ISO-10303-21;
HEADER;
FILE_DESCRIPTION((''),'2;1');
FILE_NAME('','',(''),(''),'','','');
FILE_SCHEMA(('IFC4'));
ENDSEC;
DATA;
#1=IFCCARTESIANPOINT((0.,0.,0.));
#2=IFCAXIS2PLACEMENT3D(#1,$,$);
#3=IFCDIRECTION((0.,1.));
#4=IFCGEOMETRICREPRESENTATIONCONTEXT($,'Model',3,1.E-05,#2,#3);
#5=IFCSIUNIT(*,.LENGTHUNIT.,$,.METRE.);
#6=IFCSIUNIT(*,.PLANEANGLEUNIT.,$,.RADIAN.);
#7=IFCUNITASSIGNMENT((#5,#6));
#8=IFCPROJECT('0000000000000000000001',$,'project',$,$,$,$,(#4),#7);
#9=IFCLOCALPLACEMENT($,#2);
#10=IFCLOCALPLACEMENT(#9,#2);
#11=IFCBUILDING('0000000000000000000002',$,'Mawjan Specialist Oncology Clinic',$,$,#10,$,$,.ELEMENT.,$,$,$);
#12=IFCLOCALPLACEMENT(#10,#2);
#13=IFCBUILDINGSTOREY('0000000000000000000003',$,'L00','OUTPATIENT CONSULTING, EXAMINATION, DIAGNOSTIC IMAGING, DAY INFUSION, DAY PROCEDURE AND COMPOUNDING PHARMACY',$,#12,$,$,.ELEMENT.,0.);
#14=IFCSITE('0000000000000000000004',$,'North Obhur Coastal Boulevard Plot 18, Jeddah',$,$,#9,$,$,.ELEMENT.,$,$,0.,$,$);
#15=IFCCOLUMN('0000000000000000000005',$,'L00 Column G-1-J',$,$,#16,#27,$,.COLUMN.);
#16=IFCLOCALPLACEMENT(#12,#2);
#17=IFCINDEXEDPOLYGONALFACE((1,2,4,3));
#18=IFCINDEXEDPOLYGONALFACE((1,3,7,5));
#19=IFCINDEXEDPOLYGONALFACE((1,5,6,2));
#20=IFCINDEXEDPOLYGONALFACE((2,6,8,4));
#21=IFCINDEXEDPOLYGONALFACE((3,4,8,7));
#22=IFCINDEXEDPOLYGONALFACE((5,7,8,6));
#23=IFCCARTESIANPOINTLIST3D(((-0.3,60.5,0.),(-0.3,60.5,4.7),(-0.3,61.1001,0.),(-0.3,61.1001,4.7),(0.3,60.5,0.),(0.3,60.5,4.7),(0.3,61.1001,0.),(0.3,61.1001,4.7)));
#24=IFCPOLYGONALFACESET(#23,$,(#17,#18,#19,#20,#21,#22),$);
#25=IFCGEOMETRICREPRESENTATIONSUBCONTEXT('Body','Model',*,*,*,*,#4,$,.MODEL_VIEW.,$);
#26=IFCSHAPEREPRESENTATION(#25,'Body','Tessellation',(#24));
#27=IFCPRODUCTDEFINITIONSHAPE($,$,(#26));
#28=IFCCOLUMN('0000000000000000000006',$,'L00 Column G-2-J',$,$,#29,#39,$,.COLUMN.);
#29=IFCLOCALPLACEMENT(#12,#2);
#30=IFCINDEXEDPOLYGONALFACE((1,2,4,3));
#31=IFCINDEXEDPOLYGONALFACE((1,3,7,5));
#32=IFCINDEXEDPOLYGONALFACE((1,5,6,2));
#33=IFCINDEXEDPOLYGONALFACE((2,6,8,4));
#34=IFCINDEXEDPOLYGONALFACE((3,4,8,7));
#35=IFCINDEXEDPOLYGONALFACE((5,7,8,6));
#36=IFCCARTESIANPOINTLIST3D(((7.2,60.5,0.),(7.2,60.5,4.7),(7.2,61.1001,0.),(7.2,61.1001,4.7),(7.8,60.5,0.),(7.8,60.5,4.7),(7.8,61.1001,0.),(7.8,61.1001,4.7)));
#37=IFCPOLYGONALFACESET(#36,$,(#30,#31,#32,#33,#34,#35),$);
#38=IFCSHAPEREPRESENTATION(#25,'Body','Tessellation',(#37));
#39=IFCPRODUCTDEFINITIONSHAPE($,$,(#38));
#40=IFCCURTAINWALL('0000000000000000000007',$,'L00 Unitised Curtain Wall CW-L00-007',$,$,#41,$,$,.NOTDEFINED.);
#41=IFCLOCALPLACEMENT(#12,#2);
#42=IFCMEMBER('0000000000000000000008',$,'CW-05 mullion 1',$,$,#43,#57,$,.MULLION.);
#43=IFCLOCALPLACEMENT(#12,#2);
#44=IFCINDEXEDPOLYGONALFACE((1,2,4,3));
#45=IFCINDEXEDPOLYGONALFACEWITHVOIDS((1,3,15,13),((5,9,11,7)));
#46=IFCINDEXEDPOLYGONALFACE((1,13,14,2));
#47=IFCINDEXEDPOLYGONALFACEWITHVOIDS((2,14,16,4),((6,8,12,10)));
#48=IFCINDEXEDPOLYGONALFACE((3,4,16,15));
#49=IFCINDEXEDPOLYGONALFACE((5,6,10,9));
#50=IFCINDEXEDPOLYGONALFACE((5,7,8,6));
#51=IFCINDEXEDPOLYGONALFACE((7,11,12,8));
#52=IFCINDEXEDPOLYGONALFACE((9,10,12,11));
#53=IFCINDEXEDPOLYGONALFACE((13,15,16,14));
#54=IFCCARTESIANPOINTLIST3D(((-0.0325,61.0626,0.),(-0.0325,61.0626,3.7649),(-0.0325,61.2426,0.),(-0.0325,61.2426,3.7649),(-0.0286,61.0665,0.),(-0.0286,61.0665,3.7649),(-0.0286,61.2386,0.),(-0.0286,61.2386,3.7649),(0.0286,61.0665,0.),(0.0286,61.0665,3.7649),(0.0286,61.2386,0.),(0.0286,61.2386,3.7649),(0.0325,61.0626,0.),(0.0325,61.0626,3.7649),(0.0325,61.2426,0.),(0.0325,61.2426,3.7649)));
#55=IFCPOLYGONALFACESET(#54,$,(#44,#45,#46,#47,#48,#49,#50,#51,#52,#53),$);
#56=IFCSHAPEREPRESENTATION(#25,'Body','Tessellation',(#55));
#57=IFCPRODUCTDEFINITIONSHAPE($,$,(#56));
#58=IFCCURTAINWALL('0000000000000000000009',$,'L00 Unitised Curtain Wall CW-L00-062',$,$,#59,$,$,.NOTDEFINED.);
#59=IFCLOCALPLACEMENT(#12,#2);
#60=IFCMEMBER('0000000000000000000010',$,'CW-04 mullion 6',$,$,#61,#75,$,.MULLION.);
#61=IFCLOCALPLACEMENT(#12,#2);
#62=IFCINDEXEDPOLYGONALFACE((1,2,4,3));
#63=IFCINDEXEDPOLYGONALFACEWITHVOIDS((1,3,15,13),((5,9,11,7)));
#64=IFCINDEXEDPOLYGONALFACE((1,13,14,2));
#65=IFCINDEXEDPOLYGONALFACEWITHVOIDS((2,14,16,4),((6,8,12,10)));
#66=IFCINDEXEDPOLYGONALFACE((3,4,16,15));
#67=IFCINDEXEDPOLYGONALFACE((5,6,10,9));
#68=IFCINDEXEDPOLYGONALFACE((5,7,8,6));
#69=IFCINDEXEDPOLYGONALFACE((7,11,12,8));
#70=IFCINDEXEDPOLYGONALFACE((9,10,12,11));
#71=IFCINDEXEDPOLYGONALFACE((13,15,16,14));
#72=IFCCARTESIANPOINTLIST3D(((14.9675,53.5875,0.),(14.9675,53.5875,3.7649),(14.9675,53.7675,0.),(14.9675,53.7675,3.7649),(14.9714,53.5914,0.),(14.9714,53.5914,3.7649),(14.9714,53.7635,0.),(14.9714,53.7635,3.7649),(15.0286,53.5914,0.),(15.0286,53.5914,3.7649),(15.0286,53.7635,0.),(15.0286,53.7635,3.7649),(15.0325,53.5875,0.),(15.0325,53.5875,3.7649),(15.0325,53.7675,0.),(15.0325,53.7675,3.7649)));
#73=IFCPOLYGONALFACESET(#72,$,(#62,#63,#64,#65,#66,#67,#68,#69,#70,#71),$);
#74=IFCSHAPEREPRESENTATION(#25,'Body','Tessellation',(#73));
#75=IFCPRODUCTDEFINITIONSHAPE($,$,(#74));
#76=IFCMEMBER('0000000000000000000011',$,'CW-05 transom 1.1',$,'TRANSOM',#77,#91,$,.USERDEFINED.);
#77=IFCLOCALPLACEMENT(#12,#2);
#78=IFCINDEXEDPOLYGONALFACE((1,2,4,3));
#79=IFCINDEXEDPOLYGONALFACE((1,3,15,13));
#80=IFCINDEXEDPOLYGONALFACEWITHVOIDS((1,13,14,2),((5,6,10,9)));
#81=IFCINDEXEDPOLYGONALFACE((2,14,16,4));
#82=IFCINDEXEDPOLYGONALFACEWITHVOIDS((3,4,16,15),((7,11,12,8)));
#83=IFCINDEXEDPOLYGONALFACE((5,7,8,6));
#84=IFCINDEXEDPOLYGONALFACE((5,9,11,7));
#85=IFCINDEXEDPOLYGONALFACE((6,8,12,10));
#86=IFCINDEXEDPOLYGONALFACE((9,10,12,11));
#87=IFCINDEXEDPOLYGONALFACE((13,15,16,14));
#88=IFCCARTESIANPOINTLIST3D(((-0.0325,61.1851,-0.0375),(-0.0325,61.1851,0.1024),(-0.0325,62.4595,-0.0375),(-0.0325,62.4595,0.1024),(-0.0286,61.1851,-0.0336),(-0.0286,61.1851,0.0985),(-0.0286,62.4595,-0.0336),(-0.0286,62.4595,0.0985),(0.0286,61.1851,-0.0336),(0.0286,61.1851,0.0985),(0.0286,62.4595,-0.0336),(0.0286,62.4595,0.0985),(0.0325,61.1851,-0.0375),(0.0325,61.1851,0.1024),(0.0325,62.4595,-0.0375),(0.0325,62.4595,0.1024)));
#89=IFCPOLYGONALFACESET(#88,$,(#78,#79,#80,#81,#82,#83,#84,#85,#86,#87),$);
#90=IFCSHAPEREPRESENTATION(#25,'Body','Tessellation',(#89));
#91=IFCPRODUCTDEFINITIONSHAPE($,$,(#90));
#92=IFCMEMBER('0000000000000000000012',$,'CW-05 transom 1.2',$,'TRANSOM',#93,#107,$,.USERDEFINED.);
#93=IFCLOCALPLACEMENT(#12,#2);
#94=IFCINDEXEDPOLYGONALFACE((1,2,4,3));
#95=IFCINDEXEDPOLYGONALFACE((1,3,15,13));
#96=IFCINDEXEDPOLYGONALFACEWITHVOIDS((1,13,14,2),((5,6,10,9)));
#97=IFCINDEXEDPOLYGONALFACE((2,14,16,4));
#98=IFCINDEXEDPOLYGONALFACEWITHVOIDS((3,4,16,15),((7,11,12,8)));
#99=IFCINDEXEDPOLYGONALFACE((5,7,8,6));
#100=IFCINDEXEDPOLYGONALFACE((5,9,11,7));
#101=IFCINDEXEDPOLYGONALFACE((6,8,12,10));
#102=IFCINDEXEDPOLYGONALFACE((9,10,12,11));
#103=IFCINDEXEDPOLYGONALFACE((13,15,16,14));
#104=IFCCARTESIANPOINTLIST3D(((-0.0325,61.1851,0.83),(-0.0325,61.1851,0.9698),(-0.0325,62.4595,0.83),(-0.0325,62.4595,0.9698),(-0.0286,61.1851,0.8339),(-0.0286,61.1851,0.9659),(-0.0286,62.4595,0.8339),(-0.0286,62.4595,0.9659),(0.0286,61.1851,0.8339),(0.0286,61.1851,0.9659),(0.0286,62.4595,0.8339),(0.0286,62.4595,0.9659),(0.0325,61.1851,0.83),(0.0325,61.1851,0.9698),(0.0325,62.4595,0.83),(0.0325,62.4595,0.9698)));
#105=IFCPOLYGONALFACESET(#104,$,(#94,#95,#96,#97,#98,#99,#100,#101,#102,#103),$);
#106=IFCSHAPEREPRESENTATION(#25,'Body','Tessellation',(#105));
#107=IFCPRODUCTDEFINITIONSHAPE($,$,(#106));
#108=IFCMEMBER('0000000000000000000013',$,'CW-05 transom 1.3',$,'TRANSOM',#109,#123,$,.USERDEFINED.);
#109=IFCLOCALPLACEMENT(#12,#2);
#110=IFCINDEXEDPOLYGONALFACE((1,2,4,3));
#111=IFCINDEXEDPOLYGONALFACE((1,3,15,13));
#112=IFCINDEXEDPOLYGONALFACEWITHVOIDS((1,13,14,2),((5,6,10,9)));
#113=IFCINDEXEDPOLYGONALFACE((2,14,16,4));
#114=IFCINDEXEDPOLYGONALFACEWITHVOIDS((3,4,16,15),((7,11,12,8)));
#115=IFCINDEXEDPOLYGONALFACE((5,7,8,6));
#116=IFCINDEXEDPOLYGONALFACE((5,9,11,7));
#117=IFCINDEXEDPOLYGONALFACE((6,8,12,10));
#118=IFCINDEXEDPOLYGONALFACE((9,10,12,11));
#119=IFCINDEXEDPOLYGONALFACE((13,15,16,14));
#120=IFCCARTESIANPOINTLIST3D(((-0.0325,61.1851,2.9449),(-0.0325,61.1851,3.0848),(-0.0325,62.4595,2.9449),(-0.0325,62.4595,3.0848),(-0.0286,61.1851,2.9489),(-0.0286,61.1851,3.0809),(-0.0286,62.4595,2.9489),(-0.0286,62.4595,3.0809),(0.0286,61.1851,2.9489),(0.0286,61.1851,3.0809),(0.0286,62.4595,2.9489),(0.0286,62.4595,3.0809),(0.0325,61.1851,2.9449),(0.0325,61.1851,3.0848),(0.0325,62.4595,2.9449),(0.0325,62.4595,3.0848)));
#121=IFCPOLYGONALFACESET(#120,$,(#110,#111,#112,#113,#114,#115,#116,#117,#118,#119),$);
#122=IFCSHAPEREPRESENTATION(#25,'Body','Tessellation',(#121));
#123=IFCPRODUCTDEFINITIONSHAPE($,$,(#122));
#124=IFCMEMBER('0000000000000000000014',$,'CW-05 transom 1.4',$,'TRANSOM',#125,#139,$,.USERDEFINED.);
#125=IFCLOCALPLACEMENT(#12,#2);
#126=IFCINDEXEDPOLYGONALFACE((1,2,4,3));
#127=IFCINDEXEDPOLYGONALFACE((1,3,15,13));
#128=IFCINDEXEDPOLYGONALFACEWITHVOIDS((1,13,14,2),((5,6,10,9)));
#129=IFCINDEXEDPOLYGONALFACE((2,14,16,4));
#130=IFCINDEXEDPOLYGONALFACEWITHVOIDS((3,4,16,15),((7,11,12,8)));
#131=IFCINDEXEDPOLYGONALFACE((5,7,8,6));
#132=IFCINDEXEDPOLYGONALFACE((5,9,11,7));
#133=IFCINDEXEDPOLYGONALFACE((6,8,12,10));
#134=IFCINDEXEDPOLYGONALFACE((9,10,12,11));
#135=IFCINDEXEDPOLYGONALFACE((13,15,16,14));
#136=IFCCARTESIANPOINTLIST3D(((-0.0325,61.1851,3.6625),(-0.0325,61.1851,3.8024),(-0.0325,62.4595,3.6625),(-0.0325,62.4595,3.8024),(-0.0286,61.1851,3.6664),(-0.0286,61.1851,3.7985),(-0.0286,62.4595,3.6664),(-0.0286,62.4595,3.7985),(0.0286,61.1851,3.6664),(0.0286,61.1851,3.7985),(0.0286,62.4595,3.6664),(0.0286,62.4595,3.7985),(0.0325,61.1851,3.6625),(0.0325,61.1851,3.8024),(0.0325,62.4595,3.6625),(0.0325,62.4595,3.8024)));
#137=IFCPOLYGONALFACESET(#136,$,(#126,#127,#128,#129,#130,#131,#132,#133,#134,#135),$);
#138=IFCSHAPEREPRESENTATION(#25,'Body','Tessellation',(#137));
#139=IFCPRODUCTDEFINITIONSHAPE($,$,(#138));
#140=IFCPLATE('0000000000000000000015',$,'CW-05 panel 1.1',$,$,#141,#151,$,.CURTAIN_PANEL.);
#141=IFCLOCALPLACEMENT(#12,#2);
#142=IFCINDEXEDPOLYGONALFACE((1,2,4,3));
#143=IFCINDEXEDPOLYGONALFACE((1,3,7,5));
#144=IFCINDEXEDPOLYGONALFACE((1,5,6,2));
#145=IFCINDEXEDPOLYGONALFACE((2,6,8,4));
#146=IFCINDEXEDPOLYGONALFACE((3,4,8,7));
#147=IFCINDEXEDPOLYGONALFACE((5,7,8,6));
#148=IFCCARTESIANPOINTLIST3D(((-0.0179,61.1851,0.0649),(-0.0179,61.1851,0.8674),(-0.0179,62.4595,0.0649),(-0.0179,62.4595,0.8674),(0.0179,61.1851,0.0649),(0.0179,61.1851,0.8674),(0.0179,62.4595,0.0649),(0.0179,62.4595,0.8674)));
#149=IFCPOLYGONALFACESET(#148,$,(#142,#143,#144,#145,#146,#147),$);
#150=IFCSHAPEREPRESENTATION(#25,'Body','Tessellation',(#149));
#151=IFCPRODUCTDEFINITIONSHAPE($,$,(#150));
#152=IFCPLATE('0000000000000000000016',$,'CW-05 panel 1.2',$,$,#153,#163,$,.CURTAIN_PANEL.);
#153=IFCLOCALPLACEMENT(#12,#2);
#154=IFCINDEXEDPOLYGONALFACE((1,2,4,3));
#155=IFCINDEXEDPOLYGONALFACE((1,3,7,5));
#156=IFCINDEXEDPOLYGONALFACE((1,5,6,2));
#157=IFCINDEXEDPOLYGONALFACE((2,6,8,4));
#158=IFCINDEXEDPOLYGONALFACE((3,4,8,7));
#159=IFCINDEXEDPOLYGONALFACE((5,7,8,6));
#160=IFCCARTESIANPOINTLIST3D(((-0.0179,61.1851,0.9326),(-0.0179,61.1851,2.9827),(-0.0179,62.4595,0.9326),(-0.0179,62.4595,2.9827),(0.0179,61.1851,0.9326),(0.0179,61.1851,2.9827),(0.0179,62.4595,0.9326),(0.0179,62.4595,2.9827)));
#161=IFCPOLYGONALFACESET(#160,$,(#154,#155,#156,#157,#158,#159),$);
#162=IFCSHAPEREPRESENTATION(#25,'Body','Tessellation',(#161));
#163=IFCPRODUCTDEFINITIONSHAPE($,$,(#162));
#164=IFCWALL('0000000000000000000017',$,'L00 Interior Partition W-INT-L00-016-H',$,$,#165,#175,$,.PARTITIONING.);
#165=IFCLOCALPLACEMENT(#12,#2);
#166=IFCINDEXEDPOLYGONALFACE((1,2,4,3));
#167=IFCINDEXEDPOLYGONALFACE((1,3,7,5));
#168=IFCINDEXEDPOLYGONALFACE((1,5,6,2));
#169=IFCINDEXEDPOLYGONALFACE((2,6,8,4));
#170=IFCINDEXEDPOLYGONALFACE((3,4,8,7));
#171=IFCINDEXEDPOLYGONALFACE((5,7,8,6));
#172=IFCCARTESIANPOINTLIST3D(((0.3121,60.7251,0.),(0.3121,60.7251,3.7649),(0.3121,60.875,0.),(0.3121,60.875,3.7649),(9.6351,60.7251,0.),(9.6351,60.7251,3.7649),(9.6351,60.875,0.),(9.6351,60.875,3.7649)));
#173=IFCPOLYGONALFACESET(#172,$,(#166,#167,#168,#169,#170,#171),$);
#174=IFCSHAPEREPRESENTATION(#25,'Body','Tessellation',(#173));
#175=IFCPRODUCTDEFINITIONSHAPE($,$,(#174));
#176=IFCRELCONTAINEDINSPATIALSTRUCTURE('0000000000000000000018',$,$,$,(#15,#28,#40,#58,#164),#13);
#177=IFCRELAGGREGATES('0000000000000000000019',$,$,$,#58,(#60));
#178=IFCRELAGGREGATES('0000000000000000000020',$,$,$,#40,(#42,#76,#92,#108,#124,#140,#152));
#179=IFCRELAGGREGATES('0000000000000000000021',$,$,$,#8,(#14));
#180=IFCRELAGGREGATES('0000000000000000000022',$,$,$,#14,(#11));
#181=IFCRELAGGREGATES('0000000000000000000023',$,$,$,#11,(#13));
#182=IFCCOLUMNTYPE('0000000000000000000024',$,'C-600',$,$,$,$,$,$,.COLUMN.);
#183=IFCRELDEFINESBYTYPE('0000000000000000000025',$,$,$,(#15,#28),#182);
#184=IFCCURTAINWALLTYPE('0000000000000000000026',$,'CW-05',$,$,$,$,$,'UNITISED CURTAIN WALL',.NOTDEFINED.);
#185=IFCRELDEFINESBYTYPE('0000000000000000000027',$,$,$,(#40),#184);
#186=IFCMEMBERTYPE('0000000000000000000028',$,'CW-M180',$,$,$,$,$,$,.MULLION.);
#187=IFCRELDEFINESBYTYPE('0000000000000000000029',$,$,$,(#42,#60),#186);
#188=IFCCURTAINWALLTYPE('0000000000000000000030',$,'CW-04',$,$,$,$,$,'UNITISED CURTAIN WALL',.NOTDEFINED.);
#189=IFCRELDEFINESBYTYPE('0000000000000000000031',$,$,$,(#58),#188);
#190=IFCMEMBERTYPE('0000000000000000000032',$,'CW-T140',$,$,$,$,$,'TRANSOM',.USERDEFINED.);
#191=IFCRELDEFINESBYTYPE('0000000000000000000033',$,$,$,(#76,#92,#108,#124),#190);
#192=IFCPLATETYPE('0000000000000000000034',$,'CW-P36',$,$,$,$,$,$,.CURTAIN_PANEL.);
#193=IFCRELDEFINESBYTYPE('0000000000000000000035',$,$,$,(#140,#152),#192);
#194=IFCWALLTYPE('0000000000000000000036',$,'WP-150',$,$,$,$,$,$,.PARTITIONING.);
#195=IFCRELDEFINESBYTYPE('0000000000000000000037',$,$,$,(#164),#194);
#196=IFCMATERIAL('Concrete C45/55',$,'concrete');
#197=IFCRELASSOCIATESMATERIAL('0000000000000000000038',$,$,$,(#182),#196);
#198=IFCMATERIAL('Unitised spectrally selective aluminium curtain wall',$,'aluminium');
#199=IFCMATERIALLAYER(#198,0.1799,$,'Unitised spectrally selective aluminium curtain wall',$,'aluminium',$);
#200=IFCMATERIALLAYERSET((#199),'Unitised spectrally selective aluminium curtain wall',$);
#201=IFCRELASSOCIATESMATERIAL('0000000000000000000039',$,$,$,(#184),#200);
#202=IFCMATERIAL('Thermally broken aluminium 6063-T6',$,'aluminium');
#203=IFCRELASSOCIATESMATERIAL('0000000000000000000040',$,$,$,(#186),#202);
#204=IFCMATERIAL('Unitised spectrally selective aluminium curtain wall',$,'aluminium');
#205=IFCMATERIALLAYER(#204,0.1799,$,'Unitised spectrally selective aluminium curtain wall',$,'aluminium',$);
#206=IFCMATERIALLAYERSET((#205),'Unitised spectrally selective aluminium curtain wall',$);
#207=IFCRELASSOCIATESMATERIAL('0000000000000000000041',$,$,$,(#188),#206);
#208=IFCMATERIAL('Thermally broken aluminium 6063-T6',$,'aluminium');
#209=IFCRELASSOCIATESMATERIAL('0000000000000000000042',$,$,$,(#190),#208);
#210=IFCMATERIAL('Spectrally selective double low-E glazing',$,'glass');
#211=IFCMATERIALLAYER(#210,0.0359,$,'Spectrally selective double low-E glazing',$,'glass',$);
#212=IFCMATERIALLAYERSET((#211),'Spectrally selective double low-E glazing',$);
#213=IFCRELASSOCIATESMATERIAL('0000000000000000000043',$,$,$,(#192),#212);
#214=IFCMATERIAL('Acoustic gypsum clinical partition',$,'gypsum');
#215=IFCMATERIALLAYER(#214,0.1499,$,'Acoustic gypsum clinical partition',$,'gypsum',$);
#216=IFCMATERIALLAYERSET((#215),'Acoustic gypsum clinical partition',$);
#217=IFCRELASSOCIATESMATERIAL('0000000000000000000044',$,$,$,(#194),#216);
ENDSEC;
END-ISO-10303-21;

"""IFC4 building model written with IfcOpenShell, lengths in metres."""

from ifc_helpers import new_model, si_unit, direction, frame, frame_2d, origin, origin_2d, place, context, subcontext, project, spatial, rectangle, hollow_rectangle, extrude, material, layer, layer_set, material_profile, profile_set, type_object, element, aggregate, save


model = new_model("IFC4")

# Units and contexts
model_context = context("Model", 3, precision=1e-05, world=origin(), true_north=direction((0.0, 1.0)))
body_context = subcontext(model_context, "Body", "Model", "MODEL_VIEW")
ifc_project = project(units=[si_unit("LENGTHUNIT", "METRE"), si_unit("PLANEANGLEUNIT", "RADIAN")], contexts=[model_context])

# Site, building, storey
site_placement = place(None, origin())
site = spatial("IfcSite", under=ifc_project, at=site_placement, Name="North Obhur Coastal Boulevard Plot 18, Jeddah", CompositionType="ELEMENT", RefElevation=0.0)
building_placement = place(site_placement, origin())
building = spatial("IfcBuilding", under=site, at=building_placement, Name="Mawjan Specialist Oncology Clinic", CompositionType="ELEMENT")
storey_placement = place(building_placement, origin())
storey = spatial("IfcBuildingStorey", under=building, at=storey_placement, Name="L00", Description="OUTPATIENT CONSULTING, EXAMINATION, DIAGNOSTIC IMAGING, DAY INFUSION, DAY PROCEDURE AND COMPOUNDING PHARMACY", CompositionType="ELEMENT", Elevation=0.0)

# Columns
ifc_material_1 = material(Name="Concrete C45/55", Category="concrete")
ifc_material_profile_1 = material_profile(ifc_material_1, rectangle(XDim=0.6001, YDim=0.6001, at=origin_2d()), Name="RC COL 600x600", Category="concrete")
ifc_profile_set_1 = profile_set([ifc_material_profile_1], Name="Concrete C45/55")
column_type = type_object("IfcColumnType", Name="C-600", PredefinedType="COLUMN", material=ifc_profile_set_1)
for number, where, z_axis, x_axis, name in (
    (1, (0.0, 60.8, 0.0), (0.0, 0.0, 1.0), (1.0, 0.0, 0.0), "L00 Column G-1-J"),
    (2, (7.5, 60.8, 0.0), (0.0, 0.0, 1.0), (1.0, 0.0, 0.0), "L00 Column G-2-J"),
):
    element("IfcColumn", number, at=place(storey_placement, frame(where, z_axis=z_axis, x_axis=x_axis)), inside=storey, type_object=column_type, Name=name, PredefinedType="COLUMN", context=body_context, shape_type="SweptSolid", body=[
        extrude(rectangle(XDim=0.6001, YDim=0.6001, at=origin_2d()), origin(), (0.0, 0.0, 1.0), 4.7),
    ])

# Curtain walls, members
ifc_material_2 = material(Name="Unitised spectrally selective aluminium curtain wall", Category="aluminium")
ifc_layer_1 = layer(ifc_material_2, 0.1799, Name="Unitised spectrally selective aluminium curtain wall", Category="aluminium")
ifc_layer_set_1 = layer_set([ifc_layer_1], Name="Unitised spectrally selective aluminium curtain wall")
curtain_wall_type_1 = type_object("IfcCurtainWallType", Name="CW-05", ElementType="UNITISED CURTAIN WALL", PredefinedType="NOTDEFINED", material=ifc_layer_set_1)
curtain_wall_1_placement = place(storey_placement, origin())
curtain_wall_1 = element("IfcCurtainWall", 3, at=curtain_wall_1_placement, inside=storey, type_object=curtain_wall_type_1, Name="L00 Unitised Curtain Wall CW-L00-007", PredefinedType="NOTDEFINED")
ifc_material_3 = material(Name="Thermally broken aluminium 6063-T6", Category="aluminium")
ifc_material_profile_2 = material_profile(ifc_material_3, hollow_rectangle(XDim=0.0649, YDim=0.1799, WallThickness=0.0039, at=origin_2d()), Name="ALU MULLION 180x65x4", Category="aluminium")
ifc_profile_set_2 = profile_set([ifc_material_profile_2], Name="Thermally broken aluminium 6063-T6")
member_type_1 = type_object("IfcMemberType", Name="CW-M180", PredefinedType="MULLION", material=ifc_profile_set_2)
member_1_placement = place(storey_placement, frame((0.0, 61.1526, 0.0), z_axis=(0.0, 0.0, 1.0), x_axis=(-1.0, 0.0, 0.0)))
member_1 = element("IfcMember", 4, at=member_1_placement, type_object=member_type_1, Name="CW-05 mullion 1", PredefinedType="MULLION", context=body_context, shape_type="SweptSolid", body=[
    extrude(hollow_rectangle(XDim=0.0649, YDim=0.1799, WallThickness=0.0039, at=origin_2d()), origin(), (0.0, 0.0, 1.0), 3.7649),
])
ifc_material_4 = material(Name="Unitised spectrally selective aluminium curtain wall", Category="aluminium")
ifc_layer_2 = layer(ifc_material_4, 0.1799, Name="Unitised spectrally selective aluminium curtain wall", Category="aluminium")
ifc_layer_set_2 = layer_set([ifc_layer_2], Name="Unitised spectrally selective aluminium curtain wall")
curtain_wall_type_2 = type_object("IfcCurtainWallType", Name="CW-04", ElementType="UNITISED CURTAIN WALL", PredefinedType="NOTDEFINED", material=ifc_layer_set_2)
curtain_wall_2_placement = place(storey_placement, origin())
curtain_wall_2 = element("IfcCurtainWall", 5, at=curtain_wall_2_placement, inside=storey, type_object=curtain_wall_type_2, Name="L00 Unitised Curtain Wall CW-L00-062", PredefinedType="NOTDEFINED")
member_2_placement = place(storey_placement, frame((15.0, 53.6775, 0.0), z_axis=(0.0, 0.0, 1.0), x_axis=(1.0, 0.0, 0.0)))
member_2 = element("IfcMember", 6, at=member_2_placement, type_object=member_type_1, Name="CW-04 mullion 6", PredefinedType="MULLION", context=body_context, shape_type="SweptSolid", body=[
    extrude(hollow_rectangle(XDim=0.0649, YDim=0.1799, WallThickness=0.0039, at=origin_2d()), origin(), (0.0, 0.0, 1.0), 3.7649),
])
aggregate(curtain_wall_2, [member_2])

# Members
ifc_material_5 = material(Name="Thermally broken aluminium 6063-T6", Category="aluminium")
ifc_material_profile_3 = material_profile(ifc_material_5, hollow_rectangle(XDim=0.0649, YDim=0.1399, WallThickness=0.0039, at=origin_2d()), Name="ALU TRANSOM 140x65x4", Category="aluminium")
ifc_profile_set_3 = profile_set([ifc_material_profile_3], Name="Thermally broken aluminium 6063-T6")
member_type_2 = type_object("IfcMemberType", Name="CW-T140", ElementType="TRANSOM", PredefinedType="USERDEFINED", material=ifc_profile_set_3)
member_3_placement = place(storey_placement, frame((0.0, 61.1851, 0.0325), z_axis=(0.0, 1.0, 0.0), x_axis=(-1.0, 0.0, 0.0)))
member_3 = element("IfcMember", 7, at=member_3_placement, type_object=member_type_2, Name="CW-05 transom 1.1", ObjectType="TRANSOM", PredefinedType="USERDEFINED", context=body_context, shape_type="SweptSolid", body=[
    extrude(hollow_rectangle(XDim=0.0649, YDim=0.1399, WallThickness=0.0039, at=origin_2d()), origin(), (0.0, 0.0, 1.0), 1.2744),
])
member_4_placement = place(storey_placement, frame((0.0, 61.1851, 0.8999), z_axis=(0.0, 1.0, 0.0), x_axis=(-1.0, 0.0, 0.0)))
member_4 = element("IfcMember", 8, at=member_4_placement, type_object=member_type_2, Name="CW-05 transom 1.2", ObjectType="TRANSOM", PredefinedType="USERDEFINED", context=body_context, shape_type="SweptSolid", body=[
    extrude(hollow_rectangle(XDim=0.0649, YDim=0.1399, WallThickness=0.0039, at=origin_2d()), origin(), (0.0, 0.0, 1.0), 1.2744),
])
member_5_placement = place(storey_placement, frame((0.0, 61.1851, 3.0149), z_axis=(0.0, 1.0, 0.0), x_axis=(-1.0, 0.0, 0.0)))
member_5 = element("IfcMember", 9, at=member_5_placement, type_object=member_type_2, Name="CW-05 transom 1.3", ObjectType="TRANSOM", PredefinedType="USERDEFINED", context=body_context, shape_type="SweptSolid", body=[
    extrude(hollow_rectangle(XDim=0.0649, YDim=0.1399, WallThickness=0.0039, at=origin_2d()), origin(), (0.0, 0.0, 1.0), 1.2744),
])
member_6_placement = place(storey_placement, frame((0.0, 61.1851, 3.7324), z_axis=(0.0, 1.0, 0.0), x_axis=(-1.0, 0.0, 0.0)))
member_6 = element("IfcMember", 10, at=member_6_placement, type_object=member_type_2, Name="CW-05 transom 1.4", ObjectType="TRANSOM", PredefinedType="USERDEFINED", context=body_context, shape_type="SweptSolid", body=[
    extrude(hollow_rectangle(XDim=0.0649, YDim=0.1399, WallThickness=0.0039, at=origin_2d()), origin(), (0.0, 0.0, 1.0), 1.2744),
])

# Plates
ifc_material_6 = material(Name="Spectrally selective double low-E glazing", Category="glass")
ifc_layer_3 = layer(ifc_material_6, 0.0359, Name="Spectrally selective double low-E glazing", Category="glass")
ifc_layer_set_3 = layer_set([ifc_layer_3], Name="Spectrally selective double low-E glazing")
plate_type = type_object("IfcPlateType", Name="CW-P36", PredefinedType="CURTAIN_PANEL", material=ifc_layer_set_3)
plate_1_placement = place(storey_placement, frame((0.0, 61.8223, 0.0649), z_axis=(0.0, 0.0, 1.0), x_axis=(0.0, 1.0, 0.0)))
plate_1 = element("IfcPlate", 11, at=plate_1_placement, type_object=plate_type, Name="CW-05 panel 1.1", PredefinedType="CURTAIN_PANEL", context=body_context, shape_type="SweptSolid", body=[
    extrude(rectangle(XDim=1.2744, YDim=0.0359, at=origin_2d()), origin(), (0.0, 0.0, 1.0), 0.8025),
])
plate_2_placement = place(storey_placement, frame((0.0, 61.8223, 0.9326), z_axis=(0.0, 0.0, 1.0), x_axis=(0.0, 1.0, 0.0)))
plate_2 = element("IfcPlate", 12, at=plate_2_placement, type_object=plate_type, Name="CW-05 panel 1.2", PredefinedType="CURTAIN_PANEL", context=body_context, shape_type="SweptSolid", body=[
    extrude(rectangle(XDim=1.2744, YDim=0.0359, at=origin_2d()), origin(), (0.0, 0.0, 1.0), 2.05),
])
aggregate(curtain_wall_1, [member_1, member_3, member_4, member_5, member_6, plate_1, plate_2])

# Wall
ifc_material_7 = material(Name="Acoustic gypsum clinical partition", Category="gypsum")
ifc_layer_4 = layer(ifc_material_7, 0.1499, Name="Acoustic gypsum clinical partition", Category="gypsum")
ifc_layer_set_4 = layer_set([ifc_layer_4], Name="Acoustic gypsum clinical partition")
wall_type = type_object("IfcWallType", Name="WP-150", PredefinedType="PARTITIONING", material=ifc_layer_set_4)
wall_placement = place(storey_placement, frame((0.312, 60.8, 0.0), z_axis=(0.0, 0.0, 1.0), x_axis=(1.0, 0.0, 0.0)))
element("IfcWall", 13, at=wall_placement, inside=storey, type_object=wall_type, Name="L00 Interior Partition W-INT-L00-016-H", PredefinedType="PARTITIONING", context=body_context, shape_type="SweptSolid", body=[
    extrude(rectangle(XDim=9.323, YDim=0.1499, at=frame_2d((4.6616, 0.0))), origin(), (0.0, 0.0, 1.0), 3.7649),
])

save(model, "model.ifc")
